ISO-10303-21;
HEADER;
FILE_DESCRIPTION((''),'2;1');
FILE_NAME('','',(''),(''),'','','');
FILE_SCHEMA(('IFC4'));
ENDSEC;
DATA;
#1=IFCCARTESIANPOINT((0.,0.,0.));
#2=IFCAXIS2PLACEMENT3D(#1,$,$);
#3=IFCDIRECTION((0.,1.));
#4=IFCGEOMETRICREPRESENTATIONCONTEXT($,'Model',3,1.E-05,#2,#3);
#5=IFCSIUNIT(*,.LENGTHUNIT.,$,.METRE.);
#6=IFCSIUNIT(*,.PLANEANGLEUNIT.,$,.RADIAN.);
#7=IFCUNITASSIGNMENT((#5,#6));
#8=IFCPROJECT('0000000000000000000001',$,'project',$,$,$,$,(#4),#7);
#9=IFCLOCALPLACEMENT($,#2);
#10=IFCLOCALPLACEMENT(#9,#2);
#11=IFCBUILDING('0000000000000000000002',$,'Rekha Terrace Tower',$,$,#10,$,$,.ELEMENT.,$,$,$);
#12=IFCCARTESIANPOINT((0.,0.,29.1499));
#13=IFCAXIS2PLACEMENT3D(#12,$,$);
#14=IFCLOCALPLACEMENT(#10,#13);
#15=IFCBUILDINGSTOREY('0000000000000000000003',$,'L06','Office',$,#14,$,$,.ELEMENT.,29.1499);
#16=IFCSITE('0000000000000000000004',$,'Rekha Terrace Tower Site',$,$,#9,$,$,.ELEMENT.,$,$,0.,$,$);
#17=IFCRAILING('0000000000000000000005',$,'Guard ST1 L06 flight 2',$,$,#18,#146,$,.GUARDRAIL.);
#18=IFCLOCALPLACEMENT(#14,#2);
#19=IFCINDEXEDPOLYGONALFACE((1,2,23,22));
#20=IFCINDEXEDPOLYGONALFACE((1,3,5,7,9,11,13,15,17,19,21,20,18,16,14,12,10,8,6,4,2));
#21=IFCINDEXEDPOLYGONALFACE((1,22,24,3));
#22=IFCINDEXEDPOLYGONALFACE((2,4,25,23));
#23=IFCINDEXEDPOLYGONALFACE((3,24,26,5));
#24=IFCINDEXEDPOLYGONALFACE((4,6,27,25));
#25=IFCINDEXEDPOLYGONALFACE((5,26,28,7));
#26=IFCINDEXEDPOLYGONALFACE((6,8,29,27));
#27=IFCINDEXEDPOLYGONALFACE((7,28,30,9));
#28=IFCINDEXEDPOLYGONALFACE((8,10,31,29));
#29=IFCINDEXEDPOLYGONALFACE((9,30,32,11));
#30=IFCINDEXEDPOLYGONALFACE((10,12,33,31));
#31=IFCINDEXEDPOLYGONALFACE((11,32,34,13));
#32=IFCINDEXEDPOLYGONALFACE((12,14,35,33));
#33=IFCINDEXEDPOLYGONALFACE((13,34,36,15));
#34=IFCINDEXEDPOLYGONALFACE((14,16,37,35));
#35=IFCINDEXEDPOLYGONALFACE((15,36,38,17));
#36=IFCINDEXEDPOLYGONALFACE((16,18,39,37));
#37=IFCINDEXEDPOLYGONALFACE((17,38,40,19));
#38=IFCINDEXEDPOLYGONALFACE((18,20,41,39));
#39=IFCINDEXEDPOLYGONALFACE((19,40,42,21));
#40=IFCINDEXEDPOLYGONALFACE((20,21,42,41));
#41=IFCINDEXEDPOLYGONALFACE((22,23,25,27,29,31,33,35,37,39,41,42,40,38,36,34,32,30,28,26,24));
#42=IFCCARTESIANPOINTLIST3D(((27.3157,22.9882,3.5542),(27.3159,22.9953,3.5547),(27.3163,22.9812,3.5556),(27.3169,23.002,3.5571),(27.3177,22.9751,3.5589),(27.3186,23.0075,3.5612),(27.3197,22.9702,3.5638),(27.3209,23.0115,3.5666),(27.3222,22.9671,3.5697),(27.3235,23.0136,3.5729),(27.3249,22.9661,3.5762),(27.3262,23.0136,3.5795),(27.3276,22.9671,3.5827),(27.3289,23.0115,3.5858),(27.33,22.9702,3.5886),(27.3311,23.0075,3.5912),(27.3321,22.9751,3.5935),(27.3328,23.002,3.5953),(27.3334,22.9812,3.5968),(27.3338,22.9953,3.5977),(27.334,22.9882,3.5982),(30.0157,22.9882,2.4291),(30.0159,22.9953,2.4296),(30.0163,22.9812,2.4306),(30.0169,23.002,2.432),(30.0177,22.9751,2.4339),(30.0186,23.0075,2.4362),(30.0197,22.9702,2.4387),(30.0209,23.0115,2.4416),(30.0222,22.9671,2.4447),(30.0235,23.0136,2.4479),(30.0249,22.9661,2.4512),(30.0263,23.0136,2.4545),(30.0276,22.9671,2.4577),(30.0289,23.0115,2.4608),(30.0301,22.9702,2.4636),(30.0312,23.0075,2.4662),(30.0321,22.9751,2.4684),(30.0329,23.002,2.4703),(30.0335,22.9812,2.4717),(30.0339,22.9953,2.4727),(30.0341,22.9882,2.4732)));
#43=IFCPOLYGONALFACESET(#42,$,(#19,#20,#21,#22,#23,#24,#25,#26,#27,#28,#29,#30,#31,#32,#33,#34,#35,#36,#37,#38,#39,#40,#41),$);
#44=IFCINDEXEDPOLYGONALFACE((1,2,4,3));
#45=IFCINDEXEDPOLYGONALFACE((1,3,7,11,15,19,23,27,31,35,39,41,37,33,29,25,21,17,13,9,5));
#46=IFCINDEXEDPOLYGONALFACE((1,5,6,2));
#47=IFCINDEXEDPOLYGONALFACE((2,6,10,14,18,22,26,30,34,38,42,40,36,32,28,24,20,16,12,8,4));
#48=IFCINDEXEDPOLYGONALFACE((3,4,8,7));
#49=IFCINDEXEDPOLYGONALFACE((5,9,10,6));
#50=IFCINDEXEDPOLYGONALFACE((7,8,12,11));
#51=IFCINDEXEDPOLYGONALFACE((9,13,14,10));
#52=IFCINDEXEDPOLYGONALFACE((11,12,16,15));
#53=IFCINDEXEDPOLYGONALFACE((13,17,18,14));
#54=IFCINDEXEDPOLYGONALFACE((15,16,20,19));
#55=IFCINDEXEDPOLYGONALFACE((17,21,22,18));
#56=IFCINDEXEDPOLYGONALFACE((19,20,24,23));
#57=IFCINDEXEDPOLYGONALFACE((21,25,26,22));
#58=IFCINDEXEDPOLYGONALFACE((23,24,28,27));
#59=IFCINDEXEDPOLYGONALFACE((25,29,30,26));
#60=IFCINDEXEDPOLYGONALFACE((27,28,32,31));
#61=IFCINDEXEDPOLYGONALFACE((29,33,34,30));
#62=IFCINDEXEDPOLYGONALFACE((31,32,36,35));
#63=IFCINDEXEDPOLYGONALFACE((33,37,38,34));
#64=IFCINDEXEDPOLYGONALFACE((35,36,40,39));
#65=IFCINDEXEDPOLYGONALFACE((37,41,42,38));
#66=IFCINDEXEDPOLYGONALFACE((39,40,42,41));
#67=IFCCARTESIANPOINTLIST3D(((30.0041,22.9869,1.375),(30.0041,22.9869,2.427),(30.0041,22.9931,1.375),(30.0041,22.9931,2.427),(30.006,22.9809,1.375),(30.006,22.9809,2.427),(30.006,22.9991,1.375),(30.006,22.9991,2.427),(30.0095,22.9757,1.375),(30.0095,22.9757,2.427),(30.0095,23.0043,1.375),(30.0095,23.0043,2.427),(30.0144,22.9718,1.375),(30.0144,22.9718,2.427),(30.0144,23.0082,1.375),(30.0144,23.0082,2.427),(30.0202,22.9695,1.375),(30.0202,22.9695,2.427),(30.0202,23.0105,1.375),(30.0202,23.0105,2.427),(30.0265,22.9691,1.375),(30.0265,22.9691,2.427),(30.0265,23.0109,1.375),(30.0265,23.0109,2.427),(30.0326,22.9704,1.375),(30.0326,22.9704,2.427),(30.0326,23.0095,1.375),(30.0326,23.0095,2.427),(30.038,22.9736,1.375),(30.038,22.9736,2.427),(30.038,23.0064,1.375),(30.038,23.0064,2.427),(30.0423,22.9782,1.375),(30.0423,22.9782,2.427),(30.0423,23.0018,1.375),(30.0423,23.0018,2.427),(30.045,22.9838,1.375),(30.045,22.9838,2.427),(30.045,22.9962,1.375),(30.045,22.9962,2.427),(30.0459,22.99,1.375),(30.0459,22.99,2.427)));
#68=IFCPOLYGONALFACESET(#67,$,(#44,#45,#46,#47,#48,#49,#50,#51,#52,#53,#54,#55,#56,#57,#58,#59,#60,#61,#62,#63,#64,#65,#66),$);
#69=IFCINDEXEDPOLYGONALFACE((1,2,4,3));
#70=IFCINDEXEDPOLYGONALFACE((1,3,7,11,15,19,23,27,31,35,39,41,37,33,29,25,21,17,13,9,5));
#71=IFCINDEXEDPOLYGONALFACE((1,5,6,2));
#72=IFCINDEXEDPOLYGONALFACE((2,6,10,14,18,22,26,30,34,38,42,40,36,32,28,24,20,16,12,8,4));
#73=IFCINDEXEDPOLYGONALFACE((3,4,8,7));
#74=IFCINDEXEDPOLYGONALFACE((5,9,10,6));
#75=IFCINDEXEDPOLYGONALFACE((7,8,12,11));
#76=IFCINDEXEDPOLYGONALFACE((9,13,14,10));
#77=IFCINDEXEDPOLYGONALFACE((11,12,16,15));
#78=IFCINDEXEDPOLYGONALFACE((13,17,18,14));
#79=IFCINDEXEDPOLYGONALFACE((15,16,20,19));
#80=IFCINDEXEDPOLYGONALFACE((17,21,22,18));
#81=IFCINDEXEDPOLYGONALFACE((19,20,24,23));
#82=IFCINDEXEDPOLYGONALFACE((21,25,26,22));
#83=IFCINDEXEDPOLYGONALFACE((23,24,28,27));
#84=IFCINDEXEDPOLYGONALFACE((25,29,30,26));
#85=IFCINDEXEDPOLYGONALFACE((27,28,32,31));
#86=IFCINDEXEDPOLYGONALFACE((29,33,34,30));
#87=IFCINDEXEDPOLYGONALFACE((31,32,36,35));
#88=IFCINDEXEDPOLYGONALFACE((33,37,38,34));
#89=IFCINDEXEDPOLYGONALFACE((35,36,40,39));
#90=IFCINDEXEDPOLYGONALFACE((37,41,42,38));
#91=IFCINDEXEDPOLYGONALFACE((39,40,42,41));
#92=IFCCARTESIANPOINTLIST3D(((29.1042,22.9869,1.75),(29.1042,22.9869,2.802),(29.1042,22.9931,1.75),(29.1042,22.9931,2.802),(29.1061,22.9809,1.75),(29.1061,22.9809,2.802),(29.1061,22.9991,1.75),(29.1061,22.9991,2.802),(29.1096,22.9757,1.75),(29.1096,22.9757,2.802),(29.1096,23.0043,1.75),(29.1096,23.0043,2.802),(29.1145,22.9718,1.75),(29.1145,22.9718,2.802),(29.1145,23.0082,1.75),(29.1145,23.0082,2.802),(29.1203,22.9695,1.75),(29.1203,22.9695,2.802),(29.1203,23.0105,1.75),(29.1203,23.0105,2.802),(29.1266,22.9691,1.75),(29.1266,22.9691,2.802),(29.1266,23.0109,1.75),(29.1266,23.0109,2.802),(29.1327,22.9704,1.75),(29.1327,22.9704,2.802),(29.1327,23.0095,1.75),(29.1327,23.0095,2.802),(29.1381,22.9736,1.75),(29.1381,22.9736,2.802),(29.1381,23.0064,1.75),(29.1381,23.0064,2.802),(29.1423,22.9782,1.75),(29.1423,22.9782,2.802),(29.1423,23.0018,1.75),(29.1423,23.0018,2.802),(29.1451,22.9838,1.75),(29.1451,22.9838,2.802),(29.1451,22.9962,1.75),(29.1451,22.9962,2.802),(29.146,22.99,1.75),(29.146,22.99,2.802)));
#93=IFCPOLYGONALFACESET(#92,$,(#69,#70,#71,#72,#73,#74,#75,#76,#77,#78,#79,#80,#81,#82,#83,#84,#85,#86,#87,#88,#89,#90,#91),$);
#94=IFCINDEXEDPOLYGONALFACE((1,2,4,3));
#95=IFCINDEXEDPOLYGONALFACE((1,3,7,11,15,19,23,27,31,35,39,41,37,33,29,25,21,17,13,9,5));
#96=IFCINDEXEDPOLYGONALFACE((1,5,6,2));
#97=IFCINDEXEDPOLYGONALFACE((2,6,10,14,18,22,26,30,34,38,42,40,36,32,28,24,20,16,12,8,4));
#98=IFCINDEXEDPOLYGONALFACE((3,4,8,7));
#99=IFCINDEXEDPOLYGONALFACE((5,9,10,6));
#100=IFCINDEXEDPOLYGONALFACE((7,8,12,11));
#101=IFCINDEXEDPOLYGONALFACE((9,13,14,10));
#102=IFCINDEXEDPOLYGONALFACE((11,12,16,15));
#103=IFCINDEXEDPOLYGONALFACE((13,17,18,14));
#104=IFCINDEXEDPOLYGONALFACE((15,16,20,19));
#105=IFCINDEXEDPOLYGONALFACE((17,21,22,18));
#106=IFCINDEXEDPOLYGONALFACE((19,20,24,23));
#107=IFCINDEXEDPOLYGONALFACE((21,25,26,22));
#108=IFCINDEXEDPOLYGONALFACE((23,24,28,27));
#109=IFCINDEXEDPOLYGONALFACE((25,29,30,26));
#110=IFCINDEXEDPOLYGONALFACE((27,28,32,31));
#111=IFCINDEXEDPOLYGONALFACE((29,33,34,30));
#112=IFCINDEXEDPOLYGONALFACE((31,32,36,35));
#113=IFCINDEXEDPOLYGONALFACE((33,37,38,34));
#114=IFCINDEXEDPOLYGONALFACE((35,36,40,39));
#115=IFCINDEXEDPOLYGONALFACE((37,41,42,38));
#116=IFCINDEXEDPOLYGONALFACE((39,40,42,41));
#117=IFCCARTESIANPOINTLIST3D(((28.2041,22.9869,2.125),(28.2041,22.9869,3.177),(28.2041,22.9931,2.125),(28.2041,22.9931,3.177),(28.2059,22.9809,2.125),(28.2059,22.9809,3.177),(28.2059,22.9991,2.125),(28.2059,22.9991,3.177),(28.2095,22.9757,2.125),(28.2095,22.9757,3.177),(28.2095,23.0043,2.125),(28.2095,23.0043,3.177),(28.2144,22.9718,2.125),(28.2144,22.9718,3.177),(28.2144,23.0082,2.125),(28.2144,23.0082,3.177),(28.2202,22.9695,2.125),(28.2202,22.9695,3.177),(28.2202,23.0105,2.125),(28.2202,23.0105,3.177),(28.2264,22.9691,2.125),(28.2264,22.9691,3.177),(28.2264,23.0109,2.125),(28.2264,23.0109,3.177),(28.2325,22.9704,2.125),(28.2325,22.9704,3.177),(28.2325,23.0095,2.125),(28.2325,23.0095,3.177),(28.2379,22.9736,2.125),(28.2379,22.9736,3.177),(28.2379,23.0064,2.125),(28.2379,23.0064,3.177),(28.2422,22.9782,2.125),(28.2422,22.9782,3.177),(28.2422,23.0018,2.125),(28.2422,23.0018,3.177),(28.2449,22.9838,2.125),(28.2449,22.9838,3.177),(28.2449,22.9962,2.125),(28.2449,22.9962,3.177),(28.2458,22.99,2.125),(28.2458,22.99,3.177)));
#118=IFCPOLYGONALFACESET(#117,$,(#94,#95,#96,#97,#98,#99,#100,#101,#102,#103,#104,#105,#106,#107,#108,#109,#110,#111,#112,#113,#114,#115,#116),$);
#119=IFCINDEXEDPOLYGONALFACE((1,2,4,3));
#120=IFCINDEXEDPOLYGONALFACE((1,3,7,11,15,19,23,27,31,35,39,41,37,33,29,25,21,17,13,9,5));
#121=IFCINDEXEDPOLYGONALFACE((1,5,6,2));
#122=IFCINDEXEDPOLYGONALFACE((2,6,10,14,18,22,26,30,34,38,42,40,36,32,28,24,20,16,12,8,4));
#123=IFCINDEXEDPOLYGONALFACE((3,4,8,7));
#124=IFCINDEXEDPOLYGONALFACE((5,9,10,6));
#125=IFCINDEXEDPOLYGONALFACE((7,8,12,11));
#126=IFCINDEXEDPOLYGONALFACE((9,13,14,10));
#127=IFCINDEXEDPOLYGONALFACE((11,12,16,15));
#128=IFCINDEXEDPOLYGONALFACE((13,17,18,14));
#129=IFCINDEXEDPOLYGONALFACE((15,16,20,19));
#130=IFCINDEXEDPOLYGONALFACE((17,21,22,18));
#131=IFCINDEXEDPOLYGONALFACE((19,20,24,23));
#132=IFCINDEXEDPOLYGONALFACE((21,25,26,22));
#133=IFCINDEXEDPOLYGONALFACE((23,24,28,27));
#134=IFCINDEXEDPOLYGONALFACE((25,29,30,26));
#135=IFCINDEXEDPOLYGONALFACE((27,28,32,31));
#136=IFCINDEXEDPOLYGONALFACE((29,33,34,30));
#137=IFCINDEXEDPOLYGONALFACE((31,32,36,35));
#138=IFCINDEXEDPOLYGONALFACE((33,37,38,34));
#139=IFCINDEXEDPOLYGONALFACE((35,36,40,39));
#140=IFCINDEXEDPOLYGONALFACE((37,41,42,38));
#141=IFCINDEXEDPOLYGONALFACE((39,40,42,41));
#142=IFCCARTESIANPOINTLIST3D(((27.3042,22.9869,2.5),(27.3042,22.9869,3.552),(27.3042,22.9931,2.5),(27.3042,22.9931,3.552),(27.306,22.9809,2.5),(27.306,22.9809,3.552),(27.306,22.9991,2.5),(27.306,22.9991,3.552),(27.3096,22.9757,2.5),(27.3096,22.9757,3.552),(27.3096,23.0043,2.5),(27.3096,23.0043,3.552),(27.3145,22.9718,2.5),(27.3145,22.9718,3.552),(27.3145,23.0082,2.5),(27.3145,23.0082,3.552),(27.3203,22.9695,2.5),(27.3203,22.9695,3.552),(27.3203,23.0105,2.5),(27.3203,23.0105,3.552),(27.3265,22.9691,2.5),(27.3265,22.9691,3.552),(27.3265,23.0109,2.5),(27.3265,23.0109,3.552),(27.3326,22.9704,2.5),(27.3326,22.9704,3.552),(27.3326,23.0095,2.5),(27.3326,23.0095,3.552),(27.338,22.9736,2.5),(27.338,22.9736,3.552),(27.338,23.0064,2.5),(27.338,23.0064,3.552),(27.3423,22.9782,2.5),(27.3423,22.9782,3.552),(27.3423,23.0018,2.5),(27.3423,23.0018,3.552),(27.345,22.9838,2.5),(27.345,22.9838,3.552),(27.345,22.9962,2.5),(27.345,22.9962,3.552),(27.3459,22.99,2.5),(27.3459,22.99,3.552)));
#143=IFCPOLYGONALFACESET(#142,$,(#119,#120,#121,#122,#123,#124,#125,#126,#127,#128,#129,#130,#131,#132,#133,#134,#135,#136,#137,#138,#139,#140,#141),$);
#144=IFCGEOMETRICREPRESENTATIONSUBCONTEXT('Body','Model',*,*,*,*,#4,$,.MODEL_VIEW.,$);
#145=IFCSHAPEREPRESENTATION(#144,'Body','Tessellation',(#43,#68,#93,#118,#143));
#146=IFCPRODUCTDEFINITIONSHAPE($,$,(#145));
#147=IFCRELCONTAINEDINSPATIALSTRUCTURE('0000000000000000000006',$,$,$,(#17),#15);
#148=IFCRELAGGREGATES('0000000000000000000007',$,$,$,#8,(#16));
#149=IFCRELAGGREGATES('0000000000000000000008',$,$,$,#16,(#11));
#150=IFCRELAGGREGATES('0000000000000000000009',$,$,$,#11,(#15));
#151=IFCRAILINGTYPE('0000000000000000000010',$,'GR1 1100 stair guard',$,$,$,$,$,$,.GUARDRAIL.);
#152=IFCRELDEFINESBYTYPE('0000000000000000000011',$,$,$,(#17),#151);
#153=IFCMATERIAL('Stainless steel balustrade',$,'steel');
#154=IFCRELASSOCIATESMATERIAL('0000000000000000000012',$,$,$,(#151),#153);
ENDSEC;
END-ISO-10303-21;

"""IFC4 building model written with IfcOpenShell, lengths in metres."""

from ifc_helpers import new_model, si_unit, direction, frame, origin, origin_2d, place, context, subcontext, project, spatial, circle, extrude, material, type_object, element, save


model = new_model("IFC4")

# Units and contexts
model_context = context("Model", 3, precision=1e-05, world=origin(), true_north=direction((0.0, 1.0)))
body_context = subcontext(model_context, "Body", "Model", "MODEL_VIEW")
ifc_project = project(units=[si_unit("LENGTHUNIT", "METRE"), si_unit("PLANEANGLEUNIT", "RADIAN")], contexts=[model_context])

# Site, building, storey
site_placement = place(None, origin())
site = spatial("IfcSite", under=ifc_project, at=site_placement, Name="Rekha Terrace Tower Site", CompositionType="ELEMENT", RefElevation=0.0)
building_placement = place(site_placement, origin())
building = spatial("IfcBuilding", under=site, at=building_placement, Name="Rekha Terrace Tower", CompositionType="ELEMENT")
storey_placement = place(building_placement, frame((0.0, 0.0, 29.1499)))
storey = spatial("IfcBuildingStorey", under=building, at=storey_placement, Name="L06", Description="Office", CompositionType="ELEMENT", Elevation=29.1499)

# Railing
ifc_material_1 = material(Name="Stainless steel balustrade", Category="steel")
railing_type_1 = type_object("IfcRailingType", Name="GR1 1100 stair guard", PredefinedType="GUARDRAIL", material=ifc_material_1)
railing_1_placement = place(storey_placement, frame((30.0249, 22.99, 1.375)))
element("IfcRailing", 1, at=railing_1_placement, inside=storey, type_object=railing_type_1, Name="Guard ST1 L06 flight 2", PredefinedType="GUARDRAIL", context=body_context, shape_type="SweptSolid", body=[
    extrude(circle(Radius=0.0239, at=origin_2d()), frame((0.0, 0.0, 1.0762), z_axis=(-0.923074, 0.0, 0.384621), x_axis=(0.0, -1.0, 0.0)), (0.0, 0.0, 1.0), 2.925),
    extrude(circle(Radius=0.021, at=origin_2d()), origin(), (0.0, 0.0, 1.0), 1.052),
    extrude(circle(Radius=0.021, at=origin_2d()), frame((-0.8999, 0.0, 0.375)), (0.0, 0.0, 1.0), 1.052),
    extrude(circle(Radius=0.021, at=origin_2d()), frame((-1.8, 0.0, 0.75)), (0.0, 0.0, 1.0), 1.052),
    extrude(circle(Radius=0.021, at=origin_2d()), frame((-2.7, 0.0, 1.125)), (0.0, 0.0, 1.0), 1.052),
])

save(model, "model.ifc")
